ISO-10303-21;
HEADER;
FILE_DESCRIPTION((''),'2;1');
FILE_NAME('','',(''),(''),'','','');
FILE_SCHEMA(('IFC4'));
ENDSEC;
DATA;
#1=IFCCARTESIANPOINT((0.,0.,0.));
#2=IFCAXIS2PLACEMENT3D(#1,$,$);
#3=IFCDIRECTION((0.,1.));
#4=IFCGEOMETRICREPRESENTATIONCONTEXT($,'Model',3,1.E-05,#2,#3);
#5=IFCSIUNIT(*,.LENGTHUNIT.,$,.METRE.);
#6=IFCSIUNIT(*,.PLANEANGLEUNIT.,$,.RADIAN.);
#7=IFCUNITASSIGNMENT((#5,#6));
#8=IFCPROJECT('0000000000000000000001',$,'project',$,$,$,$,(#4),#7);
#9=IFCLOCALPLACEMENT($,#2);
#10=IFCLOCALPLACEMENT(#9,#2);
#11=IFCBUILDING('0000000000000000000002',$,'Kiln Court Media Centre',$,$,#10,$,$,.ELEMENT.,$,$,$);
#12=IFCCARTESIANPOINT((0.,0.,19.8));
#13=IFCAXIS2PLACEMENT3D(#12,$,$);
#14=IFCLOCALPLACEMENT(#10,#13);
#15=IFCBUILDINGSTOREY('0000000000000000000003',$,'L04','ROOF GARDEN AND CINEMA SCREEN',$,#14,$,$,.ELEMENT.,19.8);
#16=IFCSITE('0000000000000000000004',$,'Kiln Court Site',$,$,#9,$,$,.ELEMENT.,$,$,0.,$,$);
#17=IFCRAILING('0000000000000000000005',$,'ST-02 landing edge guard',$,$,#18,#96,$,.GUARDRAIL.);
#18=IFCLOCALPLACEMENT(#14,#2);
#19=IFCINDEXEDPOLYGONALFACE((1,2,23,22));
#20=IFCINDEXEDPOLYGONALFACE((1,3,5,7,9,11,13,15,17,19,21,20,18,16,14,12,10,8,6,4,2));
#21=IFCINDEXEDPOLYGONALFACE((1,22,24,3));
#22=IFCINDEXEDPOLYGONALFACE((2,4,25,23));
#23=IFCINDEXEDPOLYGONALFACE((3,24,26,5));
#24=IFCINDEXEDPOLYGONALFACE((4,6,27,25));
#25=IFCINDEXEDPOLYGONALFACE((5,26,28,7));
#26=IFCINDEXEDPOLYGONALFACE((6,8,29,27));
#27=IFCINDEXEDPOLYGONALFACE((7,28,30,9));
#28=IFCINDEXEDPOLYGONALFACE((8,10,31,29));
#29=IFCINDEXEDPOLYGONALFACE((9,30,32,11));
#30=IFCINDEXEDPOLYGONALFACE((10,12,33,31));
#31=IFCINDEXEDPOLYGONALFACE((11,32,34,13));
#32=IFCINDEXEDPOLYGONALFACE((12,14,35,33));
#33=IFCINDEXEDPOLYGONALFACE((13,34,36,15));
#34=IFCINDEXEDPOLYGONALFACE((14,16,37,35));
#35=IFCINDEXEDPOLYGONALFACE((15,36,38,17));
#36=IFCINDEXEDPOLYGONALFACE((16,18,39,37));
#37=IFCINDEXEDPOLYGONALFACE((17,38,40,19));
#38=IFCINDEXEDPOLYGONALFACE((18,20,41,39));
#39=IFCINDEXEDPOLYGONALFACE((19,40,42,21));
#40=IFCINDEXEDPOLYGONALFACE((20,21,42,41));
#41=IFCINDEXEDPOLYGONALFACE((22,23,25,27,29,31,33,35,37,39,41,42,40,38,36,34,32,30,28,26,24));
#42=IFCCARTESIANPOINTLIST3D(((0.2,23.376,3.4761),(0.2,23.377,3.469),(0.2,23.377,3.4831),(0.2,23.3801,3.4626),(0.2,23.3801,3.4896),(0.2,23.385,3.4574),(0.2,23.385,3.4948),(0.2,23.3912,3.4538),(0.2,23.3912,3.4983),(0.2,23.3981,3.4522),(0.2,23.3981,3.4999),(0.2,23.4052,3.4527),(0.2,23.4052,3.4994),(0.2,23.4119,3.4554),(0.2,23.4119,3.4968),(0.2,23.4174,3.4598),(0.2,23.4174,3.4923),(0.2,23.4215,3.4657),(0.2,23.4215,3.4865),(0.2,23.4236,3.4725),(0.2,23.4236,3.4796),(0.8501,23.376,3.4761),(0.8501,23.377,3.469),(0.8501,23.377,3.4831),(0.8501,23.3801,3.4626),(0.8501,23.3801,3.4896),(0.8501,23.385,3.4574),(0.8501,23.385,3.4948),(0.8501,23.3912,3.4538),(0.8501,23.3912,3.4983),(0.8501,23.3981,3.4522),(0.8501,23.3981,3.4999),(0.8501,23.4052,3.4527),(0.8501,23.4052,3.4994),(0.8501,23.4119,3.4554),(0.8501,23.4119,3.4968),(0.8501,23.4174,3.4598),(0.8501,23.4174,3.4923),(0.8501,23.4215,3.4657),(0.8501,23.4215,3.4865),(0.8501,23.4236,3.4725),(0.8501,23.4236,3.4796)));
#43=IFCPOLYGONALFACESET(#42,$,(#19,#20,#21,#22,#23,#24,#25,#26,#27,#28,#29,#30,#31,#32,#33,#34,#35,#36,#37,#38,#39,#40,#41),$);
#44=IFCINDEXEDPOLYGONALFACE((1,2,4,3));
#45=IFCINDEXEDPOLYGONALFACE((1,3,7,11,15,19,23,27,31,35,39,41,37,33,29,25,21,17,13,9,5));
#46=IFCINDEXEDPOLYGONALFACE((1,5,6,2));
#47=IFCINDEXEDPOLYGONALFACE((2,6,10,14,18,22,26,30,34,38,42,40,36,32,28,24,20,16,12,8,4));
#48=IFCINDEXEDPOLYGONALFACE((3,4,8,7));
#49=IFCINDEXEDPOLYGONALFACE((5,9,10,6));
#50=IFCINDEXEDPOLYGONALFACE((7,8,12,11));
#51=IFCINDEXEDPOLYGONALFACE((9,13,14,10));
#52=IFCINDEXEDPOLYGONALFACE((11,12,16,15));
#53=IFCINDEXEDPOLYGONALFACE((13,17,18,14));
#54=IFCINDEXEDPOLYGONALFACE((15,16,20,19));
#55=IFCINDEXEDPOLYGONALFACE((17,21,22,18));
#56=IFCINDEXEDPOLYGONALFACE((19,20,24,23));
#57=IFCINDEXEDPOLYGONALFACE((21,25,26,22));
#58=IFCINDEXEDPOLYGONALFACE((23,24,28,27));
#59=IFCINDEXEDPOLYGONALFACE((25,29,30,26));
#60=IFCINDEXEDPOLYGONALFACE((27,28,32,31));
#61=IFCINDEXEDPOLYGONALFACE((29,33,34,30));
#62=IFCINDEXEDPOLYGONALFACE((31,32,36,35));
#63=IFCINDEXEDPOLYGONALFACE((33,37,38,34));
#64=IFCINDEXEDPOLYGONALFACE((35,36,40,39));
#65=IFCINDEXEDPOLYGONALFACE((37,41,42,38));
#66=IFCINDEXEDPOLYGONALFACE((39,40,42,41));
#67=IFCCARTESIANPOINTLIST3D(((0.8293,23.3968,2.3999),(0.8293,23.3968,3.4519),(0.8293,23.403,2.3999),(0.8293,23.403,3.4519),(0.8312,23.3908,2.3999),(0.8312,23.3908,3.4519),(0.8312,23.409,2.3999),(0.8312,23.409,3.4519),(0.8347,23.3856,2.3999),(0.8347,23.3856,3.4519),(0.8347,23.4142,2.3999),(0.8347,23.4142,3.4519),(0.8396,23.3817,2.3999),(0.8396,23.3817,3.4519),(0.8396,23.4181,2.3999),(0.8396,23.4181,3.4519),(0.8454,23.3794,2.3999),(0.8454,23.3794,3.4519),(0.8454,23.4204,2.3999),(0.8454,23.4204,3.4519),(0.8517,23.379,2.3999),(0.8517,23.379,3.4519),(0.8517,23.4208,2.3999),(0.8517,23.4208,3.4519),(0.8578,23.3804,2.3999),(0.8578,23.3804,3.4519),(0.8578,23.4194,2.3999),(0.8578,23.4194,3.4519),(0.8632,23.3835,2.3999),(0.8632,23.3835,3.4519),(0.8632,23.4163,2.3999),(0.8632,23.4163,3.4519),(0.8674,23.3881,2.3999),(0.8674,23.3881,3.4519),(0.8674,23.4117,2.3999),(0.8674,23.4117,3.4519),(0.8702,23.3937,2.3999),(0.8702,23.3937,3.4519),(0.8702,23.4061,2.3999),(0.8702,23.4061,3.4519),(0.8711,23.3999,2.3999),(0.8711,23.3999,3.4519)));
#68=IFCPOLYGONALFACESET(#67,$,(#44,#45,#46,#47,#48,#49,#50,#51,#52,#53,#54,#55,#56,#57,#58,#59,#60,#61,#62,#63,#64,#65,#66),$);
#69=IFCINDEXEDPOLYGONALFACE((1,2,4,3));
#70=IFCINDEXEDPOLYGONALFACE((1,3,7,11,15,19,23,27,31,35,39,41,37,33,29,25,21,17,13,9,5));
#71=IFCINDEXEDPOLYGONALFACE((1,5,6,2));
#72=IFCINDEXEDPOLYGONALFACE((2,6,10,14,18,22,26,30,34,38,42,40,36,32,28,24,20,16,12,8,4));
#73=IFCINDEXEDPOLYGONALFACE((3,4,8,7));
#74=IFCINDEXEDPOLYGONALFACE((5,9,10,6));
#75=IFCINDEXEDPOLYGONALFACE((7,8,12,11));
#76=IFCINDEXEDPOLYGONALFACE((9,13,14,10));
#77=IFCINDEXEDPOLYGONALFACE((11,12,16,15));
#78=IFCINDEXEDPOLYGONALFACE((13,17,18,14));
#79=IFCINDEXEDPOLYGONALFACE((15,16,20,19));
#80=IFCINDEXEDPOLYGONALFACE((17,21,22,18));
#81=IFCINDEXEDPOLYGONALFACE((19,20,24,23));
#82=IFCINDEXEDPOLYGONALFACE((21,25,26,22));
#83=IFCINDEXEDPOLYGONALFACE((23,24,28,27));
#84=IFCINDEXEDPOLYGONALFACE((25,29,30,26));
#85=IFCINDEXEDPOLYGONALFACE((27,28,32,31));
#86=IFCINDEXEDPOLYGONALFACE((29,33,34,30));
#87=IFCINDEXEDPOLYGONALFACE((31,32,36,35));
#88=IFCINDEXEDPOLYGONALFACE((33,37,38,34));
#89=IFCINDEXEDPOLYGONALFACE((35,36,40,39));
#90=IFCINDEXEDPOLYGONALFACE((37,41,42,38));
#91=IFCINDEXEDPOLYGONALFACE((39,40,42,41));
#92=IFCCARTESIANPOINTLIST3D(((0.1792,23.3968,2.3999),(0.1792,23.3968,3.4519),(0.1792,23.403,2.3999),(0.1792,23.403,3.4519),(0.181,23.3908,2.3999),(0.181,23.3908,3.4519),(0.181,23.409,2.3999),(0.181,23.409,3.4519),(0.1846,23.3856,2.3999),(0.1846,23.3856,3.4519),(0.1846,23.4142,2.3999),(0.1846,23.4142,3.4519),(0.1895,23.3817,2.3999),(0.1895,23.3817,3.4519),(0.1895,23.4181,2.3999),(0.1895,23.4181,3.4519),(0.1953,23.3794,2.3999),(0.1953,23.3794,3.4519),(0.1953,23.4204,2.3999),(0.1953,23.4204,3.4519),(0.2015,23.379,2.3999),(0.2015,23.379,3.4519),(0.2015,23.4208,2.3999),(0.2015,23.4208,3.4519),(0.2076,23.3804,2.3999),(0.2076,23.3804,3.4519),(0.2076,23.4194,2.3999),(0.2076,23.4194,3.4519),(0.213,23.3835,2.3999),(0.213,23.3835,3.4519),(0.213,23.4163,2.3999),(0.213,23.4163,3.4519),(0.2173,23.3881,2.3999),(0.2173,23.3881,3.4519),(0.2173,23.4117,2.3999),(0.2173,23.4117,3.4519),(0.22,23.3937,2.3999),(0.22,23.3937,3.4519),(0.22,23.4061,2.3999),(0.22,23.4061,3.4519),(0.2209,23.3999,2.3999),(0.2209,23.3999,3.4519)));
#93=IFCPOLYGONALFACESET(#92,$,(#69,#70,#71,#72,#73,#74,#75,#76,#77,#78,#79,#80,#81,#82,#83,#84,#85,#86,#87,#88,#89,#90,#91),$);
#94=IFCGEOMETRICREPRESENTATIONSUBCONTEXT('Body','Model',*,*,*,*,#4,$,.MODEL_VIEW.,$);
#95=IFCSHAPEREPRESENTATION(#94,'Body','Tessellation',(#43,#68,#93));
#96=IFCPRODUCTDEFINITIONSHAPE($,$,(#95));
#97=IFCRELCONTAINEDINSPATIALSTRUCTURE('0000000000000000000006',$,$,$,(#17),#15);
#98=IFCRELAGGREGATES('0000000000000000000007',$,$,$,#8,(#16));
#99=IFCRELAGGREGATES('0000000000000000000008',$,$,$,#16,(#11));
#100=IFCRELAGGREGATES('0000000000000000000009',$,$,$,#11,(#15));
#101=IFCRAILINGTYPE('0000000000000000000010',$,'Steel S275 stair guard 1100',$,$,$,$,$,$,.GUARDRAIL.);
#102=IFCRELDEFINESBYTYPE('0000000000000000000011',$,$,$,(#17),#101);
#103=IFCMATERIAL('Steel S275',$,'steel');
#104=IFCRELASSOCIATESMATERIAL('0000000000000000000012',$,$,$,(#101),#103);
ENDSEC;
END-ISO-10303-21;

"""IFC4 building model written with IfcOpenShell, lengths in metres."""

from ifc_helpers import new_model, si_unit, direction, frame, origin, origin_2d, place, context, subcontext, project, spatial, circle, extrude, material, type_object, element, save


model = new_model("IFC4")

# Units and contexts
model_context = context("Model", 3, precision=1e-05, world=origin(), true_north=direction((0.0, 1.0)))
body_context = subcontext(model_context, "Body", "Model", "MODEL_VIEW")
ifc_project = project(units=[si_unit("LENGTHUNIT", "METRE"), si_unit("PLANEANGLEUNIT", "RADIAN")], contexts=[model_context])

# Site, building, storey
site_placement = place(None, origin())
site = spatial("IfcSite", under=ifc_project, at=site_placement, Name="Kiln Court Site", CompositionType="ELEMENT", RefElevation=0.0)
building_placement = place(site_placement, origin())
building = spatial("IfcBuilding", under=site, at=building_placement, Name="Kiln Court Media Centre", CompositionType="ELEMENT")
storey_placement = place(building_placement, frame((0.0, 0.0, 19.8)))
storey = spatial("IfcBuildingStorey", under=building, at=storey_placement, Name="L04", Description="ROOF GARDEN AND CINEMA SCREEN", CompositionType="ELEMENT", Elevation=19.8)

# Railing
ifc_material_1 = material(Name="Steel S275", Category="steel")
railing_type_1 = type_object("IfcRailingType", Name="Steel S275 stair guard 1100", PredefinedType="GUARDRAIL", material=ifc_material_1)
railing_1_placement = place(storey_placement, frame((0.8501, 23.3999, 2.3999)))
element("IfcRailing", 1, at=railing_1_placement, inside=storey, type_object=railing_type_1, Name="ST-02 landing edge guard", PredefinedType="GUARDRAIL", context=body_context, shape_type="SweptSolid", body=[
    extrude(circle(Radius=0.0239, at=origin_2d()), frame((0.0, 0.0, 1.0762), z_axis=(-1.0, 0.0, 0.0), x_axis=(0.0, -1.0, 0.0)), (0.0, 0.0, 1.0), 0.6501),
    extrude(circle(Radius=0.021, at=origin_2d()), origin(), (0.0, 0.0, 1.0), 1.052),
    extrude(circle(Radius=0.021, at=origin_2d()), frame((-0.6501, 0.0, 0.0)), (0.0, 0.0, 1.0), 1.052),
])

save(model, "model.ifc")
